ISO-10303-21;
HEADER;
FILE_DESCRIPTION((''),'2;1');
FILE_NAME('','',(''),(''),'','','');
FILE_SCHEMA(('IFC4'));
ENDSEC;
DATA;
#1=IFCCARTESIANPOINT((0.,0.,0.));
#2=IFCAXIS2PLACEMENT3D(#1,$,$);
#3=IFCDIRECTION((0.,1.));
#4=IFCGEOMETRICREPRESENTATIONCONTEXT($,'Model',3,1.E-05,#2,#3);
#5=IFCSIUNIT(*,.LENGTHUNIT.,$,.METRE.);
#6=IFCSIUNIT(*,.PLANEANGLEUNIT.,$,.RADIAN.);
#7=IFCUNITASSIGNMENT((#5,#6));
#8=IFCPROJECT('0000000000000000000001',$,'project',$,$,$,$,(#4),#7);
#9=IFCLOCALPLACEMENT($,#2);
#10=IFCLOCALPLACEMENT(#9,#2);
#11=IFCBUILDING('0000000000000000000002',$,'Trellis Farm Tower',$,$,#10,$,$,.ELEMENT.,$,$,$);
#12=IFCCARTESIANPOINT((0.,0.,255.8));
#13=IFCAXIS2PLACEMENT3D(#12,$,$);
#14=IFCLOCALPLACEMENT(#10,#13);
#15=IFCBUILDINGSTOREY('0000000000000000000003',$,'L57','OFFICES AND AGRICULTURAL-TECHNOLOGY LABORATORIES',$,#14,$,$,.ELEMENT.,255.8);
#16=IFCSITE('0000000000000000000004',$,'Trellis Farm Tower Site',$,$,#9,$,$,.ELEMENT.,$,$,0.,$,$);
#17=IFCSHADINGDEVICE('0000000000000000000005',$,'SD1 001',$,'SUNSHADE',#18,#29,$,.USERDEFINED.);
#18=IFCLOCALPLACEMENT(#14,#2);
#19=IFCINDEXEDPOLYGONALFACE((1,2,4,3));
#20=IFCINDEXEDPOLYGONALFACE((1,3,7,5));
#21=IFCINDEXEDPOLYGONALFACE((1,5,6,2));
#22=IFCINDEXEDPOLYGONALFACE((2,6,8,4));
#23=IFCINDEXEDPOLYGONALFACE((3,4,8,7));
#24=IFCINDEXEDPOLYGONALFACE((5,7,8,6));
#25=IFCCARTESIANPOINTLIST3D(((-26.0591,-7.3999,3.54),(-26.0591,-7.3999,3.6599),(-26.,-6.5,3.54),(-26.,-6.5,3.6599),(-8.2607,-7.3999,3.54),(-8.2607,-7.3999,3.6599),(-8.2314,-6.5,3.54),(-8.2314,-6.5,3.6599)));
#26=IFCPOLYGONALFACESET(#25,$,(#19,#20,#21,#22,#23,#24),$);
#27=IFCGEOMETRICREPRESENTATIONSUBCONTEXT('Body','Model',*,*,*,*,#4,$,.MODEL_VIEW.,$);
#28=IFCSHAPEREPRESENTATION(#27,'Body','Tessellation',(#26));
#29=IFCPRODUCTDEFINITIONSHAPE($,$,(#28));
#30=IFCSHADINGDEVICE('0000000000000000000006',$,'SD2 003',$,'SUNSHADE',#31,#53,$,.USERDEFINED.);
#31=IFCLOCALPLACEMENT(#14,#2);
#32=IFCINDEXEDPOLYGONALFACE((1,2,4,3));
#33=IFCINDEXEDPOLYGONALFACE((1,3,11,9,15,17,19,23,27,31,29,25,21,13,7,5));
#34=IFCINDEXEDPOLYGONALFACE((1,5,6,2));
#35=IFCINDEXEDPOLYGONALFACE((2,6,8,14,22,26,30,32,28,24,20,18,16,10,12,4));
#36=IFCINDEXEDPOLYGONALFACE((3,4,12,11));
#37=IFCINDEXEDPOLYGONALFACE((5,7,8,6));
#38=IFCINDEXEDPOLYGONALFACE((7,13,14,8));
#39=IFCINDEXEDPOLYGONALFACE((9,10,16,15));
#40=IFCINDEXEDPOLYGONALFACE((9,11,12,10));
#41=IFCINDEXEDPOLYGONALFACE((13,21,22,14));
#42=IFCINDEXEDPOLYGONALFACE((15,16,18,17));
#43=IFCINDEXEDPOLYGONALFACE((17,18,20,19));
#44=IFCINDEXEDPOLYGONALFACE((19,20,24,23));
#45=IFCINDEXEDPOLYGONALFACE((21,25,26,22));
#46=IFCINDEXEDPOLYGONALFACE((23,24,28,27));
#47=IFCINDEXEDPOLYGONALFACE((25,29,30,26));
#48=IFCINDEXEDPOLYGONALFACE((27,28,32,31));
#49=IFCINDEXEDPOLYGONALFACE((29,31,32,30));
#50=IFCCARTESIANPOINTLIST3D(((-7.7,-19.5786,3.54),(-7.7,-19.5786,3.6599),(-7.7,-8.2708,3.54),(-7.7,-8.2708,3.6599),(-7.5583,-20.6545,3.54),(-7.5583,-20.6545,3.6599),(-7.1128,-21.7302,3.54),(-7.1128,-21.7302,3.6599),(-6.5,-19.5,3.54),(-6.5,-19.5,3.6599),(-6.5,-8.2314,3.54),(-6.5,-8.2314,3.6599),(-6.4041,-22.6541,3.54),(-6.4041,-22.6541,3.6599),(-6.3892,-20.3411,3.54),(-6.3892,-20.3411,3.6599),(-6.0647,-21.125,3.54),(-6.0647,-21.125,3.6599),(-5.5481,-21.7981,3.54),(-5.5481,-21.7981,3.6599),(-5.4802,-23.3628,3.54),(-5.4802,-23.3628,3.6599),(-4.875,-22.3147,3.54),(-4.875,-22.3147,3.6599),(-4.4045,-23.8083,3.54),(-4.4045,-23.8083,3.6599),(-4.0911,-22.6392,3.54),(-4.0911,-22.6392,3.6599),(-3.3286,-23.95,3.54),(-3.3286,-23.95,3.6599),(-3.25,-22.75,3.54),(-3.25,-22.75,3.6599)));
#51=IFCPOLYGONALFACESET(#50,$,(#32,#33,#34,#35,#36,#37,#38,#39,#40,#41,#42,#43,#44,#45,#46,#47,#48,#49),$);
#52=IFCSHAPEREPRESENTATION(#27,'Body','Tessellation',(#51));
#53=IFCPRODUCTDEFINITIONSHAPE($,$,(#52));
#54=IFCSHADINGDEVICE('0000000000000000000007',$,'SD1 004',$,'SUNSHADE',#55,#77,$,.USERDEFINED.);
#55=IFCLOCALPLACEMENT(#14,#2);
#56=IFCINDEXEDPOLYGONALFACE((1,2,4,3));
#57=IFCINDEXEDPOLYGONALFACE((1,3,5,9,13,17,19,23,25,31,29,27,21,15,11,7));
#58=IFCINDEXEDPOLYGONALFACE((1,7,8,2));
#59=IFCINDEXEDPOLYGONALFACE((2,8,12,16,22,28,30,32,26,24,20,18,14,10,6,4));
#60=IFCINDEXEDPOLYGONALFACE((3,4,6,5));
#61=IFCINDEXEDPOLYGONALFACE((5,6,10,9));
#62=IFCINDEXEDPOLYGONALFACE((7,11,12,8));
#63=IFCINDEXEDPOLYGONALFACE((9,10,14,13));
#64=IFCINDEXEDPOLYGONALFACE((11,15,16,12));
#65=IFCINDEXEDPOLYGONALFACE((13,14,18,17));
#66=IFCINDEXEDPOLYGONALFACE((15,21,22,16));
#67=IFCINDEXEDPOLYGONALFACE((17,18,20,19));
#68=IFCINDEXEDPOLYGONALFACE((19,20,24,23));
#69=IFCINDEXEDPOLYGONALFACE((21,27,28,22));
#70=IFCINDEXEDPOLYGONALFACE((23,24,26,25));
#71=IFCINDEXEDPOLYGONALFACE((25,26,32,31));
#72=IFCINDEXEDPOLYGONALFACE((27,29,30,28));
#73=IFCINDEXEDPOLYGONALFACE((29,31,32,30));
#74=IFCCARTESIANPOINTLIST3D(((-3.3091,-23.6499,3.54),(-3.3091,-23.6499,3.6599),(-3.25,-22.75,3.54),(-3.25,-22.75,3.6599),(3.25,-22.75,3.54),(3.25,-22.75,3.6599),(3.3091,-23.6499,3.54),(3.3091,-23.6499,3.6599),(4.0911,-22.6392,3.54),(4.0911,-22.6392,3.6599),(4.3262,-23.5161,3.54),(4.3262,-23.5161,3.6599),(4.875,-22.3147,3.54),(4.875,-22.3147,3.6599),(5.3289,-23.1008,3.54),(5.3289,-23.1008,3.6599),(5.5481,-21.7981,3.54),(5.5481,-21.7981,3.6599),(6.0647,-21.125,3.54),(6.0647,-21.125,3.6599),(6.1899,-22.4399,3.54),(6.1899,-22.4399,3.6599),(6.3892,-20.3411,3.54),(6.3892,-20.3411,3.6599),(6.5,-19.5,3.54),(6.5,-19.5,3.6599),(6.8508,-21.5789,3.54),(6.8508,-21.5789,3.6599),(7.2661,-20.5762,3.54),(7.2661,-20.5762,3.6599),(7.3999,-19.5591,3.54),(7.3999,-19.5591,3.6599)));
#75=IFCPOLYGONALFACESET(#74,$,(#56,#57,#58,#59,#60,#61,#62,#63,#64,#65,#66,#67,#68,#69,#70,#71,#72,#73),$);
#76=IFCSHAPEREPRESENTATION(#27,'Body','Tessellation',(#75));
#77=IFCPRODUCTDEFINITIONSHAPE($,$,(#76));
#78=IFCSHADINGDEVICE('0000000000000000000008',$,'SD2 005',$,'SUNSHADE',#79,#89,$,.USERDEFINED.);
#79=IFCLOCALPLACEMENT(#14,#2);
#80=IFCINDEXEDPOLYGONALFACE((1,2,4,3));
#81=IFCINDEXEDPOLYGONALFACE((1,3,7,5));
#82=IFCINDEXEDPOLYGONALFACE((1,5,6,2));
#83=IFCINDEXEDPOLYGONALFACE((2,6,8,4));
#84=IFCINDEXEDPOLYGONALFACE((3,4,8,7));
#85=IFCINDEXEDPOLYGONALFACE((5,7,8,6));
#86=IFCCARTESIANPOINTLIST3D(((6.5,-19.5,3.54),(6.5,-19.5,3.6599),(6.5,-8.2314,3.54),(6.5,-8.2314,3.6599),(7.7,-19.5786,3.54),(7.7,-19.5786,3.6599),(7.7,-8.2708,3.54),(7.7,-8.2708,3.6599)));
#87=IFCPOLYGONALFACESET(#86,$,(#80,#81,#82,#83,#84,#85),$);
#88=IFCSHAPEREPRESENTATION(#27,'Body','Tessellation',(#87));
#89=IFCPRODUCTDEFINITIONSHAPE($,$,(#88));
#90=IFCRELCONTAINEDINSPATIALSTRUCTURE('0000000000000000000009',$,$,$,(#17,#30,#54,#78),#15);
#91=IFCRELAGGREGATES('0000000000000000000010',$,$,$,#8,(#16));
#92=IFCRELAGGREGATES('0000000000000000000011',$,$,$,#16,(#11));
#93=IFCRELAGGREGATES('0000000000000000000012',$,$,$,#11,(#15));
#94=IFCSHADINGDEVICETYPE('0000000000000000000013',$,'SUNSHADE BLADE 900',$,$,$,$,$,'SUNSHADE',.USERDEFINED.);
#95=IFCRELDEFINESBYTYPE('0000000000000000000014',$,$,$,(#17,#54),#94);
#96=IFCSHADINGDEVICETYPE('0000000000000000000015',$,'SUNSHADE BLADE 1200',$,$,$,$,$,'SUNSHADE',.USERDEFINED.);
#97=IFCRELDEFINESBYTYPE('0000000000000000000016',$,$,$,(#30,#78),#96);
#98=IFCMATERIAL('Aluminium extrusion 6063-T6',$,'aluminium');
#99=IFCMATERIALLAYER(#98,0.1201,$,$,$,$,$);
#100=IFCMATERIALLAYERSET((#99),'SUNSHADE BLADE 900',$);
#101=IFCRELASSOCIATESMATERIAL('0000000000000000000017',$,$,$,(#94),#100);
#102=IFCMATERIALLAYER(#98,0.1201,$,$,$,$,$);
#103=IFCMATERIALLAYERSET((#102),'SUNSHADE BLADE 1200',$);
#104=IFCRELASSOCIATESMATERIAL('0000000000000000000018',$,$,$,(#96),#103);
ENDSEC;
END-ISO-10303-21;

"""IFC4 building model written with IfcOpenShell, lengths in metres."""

from ifc_helpers import new_model, si_unit, direction, frame, origin, place, context, subcontext, project, spatial, polyline, outline, extrude, source, transform, mapped, material, layer, layer_set, type_object, element, save


model = new_model("IFC4")

# Units and contexts
model_context = context("Model", 3, precision=1e-05, world=origin(), true_north=direction((0.0, 1.0)))
body_context = subcontext(model_context, "Body", "Model", "MODEL_VIEW")
ifc_project = project(units=[si_unit("LENGTHUNIT", "METRE"), si_unit("PLANEANGLEUNIT", "RADIAN")], contexts=[model_context])

# Site, building, storey
site_placement = place(None, origin())
site = spatial("IfcSite", under=ifc_project, at=site_placement, Name="Trellis Farm Tower Site", CompositionType="ELEMENT", RefElevation=0.0)
building_placement = place(site_placement, origin())
building = spatial("IfcBuilding", under=site, at=building_placement, Name="Trellis Farm Tower", CompositionType="ELEMENT")
storey_placement = place(building_placement, frame((0.0, 0.0, 255.8)))
storey = spatial("IfcBuildingStorey", under=building, at=storey_placement, Name="L57", Description="OFFICES AND AGRICULTURAL-TECHNOLOGY LABORATORIES", CompositionType="ELEMENT", Elevation=255.8)

# Shared definitions
ifc_material_1 = material(Name="Aluminium extrusion 6063-T6", Category="aluminium")

# Shading devices
ifc_layer_1 = layer(ifc_material_1, 0.1201)
ifc_layer_set_1 = layer_set([ifc_layer_1], Name="SUNSHADE BLADE 900")
shading_device_type_1 = type_object("IfcShadingDeviceType", Name="SUNSHADE BLADE 900", ElementType="SUNSHADE", PredefinedType="USERDEFINED", material=ifc_layer_set_1)
placement_1 = place(storey_placement, frame((0.0, 0.0, 3.54)))
ifc_layer_2 = layer(ifc_material_1, 0.1201)
ifc_layer_set_2 = layer_set([ifc_layer_2], Name="SUNSHADE BLADE 1200")
shading_device_type_2 = type_object("IfcShadingDeviceType", Name="SUNSHADE BLADE 1200", ElementType="SUNSHADE", PredefinedType="USERDEFINED", material=ifc_layer_set_2)
shared_shape_1 = source(origin(), body_context, "Body", "SweptSolid", [
    extrude(outline(polyline([(-26.0591, -7.3999), (-8.2607, -7.3999), (-8.2314, -6.5), (-26.0, -6.5), (-26.0591, -7.3999)])), origin(), (0.0, 0.0, 1.0), 0.1199),
])
element("IfcShadingDevice", 1, at=placement_1, inside=storey, type_object=shading_device_type_1, Name="SD1 001", ObjectType="SUNSHADE", PredefinedType="USERDEFINED", context=body_context, shape_type="MappedRepresentation", body=[
    mapped(shared_shape_1, transform((0.0, 0.0, 0.0))),
])
shared_shape_2 = source(origin(), body_context, "Body", "SweptSolid", [
    extrude(outline(polyline([(-7.7, -8.2708), (-7.7, -19.5786), (-7.5583, -20.6545), (-7.1128, -21.7302), (-6.4041, -22.6541), (-5.4802, -23.3628), (-4.4045, -23.8083), (-3.3286, -23.95), (-3.25, -22.75), (-4.0911, -22.6392), (-4.875, -22.3147), (-5.5481, -21.7981), (-6.0647, -21.125), (-6.3892, -20.3411), (-6.5, -19.5), (-6.5, -8.2314), (-7.7, -8.2708)])), origin(), (0.0, 0.0, 1.0), 0.1199),
])
element("IfcShadingDevice", 2, at=placement_1, inside=storey, type_object=shading_device_type_2, Name="SD2 003", ObjectType="SUNSHADE", PredefinedType="USERDEFINED", context=body_context, shape_type="MappedRepresentation", body=[
    mapped(shared_shape_2, transform((0.0, 0.0, 0.0))),
])
shared_shape_3 = source(origin(), body_context, "Body", "SweptSolid", [
    extrude(outline(polyline([(-3.3091, -23.6499), (3.3091, -23.6499), (4.3262, -23.5161), (5.3289, -23.1008), (6.1899, -22.4399), (6.8508, -21.5789), (7.2661, -20.5762), (7.3999, -19.5591), (6.5, -19.5), (6.3892, -20.3411), (6.0647, -21.125), (5.5481, -21.7981), (4.875, -22.3147), (4.0911, -22.6392), (3.25, -22.75), (-3.25, -22.75), (-3.3091, -23.6499)])), origin(), (0.0, 0.0, 1.0), 0.1199),
])
element("IfcShadingDevice", 3, at=placement_1, inside=storey, type_object=shading_device_type_1, Name="SD1 004", ObjectType="SUNSHADE", PredefinedType="USERDEFINED", context=body_context, shape_type="MappedRepresentation", body=[
    mapped(shared_shape_3, transform((0.0, 0.0, 0.0))),
])
shared_shape_4 = source(origin(), body_context, "Body", "SweptSolid", [
    extrude(outline(polyline([(7.7, -19.5786), (7.7, -8.2708), (6.5, -8.2314), (6.5, -19.5), (7.7, -19.5786)])), origin(), (0.0, 0.0, 1.0), 0.1199),
])
element("IfcShadingDevice", 4, at=placement_1, inside=storey, type_object=shading_device_type_2, Name="SD2 005", ObjectType="SUNSHADE", PredefinedType="USERDEFINED", context=body_context, shape_type="MappedRepresentation", body=[
    mapped(shared_shape_4, transform((0.0, 0.0, 0.0))),
])

save(model, "model.ifc")
